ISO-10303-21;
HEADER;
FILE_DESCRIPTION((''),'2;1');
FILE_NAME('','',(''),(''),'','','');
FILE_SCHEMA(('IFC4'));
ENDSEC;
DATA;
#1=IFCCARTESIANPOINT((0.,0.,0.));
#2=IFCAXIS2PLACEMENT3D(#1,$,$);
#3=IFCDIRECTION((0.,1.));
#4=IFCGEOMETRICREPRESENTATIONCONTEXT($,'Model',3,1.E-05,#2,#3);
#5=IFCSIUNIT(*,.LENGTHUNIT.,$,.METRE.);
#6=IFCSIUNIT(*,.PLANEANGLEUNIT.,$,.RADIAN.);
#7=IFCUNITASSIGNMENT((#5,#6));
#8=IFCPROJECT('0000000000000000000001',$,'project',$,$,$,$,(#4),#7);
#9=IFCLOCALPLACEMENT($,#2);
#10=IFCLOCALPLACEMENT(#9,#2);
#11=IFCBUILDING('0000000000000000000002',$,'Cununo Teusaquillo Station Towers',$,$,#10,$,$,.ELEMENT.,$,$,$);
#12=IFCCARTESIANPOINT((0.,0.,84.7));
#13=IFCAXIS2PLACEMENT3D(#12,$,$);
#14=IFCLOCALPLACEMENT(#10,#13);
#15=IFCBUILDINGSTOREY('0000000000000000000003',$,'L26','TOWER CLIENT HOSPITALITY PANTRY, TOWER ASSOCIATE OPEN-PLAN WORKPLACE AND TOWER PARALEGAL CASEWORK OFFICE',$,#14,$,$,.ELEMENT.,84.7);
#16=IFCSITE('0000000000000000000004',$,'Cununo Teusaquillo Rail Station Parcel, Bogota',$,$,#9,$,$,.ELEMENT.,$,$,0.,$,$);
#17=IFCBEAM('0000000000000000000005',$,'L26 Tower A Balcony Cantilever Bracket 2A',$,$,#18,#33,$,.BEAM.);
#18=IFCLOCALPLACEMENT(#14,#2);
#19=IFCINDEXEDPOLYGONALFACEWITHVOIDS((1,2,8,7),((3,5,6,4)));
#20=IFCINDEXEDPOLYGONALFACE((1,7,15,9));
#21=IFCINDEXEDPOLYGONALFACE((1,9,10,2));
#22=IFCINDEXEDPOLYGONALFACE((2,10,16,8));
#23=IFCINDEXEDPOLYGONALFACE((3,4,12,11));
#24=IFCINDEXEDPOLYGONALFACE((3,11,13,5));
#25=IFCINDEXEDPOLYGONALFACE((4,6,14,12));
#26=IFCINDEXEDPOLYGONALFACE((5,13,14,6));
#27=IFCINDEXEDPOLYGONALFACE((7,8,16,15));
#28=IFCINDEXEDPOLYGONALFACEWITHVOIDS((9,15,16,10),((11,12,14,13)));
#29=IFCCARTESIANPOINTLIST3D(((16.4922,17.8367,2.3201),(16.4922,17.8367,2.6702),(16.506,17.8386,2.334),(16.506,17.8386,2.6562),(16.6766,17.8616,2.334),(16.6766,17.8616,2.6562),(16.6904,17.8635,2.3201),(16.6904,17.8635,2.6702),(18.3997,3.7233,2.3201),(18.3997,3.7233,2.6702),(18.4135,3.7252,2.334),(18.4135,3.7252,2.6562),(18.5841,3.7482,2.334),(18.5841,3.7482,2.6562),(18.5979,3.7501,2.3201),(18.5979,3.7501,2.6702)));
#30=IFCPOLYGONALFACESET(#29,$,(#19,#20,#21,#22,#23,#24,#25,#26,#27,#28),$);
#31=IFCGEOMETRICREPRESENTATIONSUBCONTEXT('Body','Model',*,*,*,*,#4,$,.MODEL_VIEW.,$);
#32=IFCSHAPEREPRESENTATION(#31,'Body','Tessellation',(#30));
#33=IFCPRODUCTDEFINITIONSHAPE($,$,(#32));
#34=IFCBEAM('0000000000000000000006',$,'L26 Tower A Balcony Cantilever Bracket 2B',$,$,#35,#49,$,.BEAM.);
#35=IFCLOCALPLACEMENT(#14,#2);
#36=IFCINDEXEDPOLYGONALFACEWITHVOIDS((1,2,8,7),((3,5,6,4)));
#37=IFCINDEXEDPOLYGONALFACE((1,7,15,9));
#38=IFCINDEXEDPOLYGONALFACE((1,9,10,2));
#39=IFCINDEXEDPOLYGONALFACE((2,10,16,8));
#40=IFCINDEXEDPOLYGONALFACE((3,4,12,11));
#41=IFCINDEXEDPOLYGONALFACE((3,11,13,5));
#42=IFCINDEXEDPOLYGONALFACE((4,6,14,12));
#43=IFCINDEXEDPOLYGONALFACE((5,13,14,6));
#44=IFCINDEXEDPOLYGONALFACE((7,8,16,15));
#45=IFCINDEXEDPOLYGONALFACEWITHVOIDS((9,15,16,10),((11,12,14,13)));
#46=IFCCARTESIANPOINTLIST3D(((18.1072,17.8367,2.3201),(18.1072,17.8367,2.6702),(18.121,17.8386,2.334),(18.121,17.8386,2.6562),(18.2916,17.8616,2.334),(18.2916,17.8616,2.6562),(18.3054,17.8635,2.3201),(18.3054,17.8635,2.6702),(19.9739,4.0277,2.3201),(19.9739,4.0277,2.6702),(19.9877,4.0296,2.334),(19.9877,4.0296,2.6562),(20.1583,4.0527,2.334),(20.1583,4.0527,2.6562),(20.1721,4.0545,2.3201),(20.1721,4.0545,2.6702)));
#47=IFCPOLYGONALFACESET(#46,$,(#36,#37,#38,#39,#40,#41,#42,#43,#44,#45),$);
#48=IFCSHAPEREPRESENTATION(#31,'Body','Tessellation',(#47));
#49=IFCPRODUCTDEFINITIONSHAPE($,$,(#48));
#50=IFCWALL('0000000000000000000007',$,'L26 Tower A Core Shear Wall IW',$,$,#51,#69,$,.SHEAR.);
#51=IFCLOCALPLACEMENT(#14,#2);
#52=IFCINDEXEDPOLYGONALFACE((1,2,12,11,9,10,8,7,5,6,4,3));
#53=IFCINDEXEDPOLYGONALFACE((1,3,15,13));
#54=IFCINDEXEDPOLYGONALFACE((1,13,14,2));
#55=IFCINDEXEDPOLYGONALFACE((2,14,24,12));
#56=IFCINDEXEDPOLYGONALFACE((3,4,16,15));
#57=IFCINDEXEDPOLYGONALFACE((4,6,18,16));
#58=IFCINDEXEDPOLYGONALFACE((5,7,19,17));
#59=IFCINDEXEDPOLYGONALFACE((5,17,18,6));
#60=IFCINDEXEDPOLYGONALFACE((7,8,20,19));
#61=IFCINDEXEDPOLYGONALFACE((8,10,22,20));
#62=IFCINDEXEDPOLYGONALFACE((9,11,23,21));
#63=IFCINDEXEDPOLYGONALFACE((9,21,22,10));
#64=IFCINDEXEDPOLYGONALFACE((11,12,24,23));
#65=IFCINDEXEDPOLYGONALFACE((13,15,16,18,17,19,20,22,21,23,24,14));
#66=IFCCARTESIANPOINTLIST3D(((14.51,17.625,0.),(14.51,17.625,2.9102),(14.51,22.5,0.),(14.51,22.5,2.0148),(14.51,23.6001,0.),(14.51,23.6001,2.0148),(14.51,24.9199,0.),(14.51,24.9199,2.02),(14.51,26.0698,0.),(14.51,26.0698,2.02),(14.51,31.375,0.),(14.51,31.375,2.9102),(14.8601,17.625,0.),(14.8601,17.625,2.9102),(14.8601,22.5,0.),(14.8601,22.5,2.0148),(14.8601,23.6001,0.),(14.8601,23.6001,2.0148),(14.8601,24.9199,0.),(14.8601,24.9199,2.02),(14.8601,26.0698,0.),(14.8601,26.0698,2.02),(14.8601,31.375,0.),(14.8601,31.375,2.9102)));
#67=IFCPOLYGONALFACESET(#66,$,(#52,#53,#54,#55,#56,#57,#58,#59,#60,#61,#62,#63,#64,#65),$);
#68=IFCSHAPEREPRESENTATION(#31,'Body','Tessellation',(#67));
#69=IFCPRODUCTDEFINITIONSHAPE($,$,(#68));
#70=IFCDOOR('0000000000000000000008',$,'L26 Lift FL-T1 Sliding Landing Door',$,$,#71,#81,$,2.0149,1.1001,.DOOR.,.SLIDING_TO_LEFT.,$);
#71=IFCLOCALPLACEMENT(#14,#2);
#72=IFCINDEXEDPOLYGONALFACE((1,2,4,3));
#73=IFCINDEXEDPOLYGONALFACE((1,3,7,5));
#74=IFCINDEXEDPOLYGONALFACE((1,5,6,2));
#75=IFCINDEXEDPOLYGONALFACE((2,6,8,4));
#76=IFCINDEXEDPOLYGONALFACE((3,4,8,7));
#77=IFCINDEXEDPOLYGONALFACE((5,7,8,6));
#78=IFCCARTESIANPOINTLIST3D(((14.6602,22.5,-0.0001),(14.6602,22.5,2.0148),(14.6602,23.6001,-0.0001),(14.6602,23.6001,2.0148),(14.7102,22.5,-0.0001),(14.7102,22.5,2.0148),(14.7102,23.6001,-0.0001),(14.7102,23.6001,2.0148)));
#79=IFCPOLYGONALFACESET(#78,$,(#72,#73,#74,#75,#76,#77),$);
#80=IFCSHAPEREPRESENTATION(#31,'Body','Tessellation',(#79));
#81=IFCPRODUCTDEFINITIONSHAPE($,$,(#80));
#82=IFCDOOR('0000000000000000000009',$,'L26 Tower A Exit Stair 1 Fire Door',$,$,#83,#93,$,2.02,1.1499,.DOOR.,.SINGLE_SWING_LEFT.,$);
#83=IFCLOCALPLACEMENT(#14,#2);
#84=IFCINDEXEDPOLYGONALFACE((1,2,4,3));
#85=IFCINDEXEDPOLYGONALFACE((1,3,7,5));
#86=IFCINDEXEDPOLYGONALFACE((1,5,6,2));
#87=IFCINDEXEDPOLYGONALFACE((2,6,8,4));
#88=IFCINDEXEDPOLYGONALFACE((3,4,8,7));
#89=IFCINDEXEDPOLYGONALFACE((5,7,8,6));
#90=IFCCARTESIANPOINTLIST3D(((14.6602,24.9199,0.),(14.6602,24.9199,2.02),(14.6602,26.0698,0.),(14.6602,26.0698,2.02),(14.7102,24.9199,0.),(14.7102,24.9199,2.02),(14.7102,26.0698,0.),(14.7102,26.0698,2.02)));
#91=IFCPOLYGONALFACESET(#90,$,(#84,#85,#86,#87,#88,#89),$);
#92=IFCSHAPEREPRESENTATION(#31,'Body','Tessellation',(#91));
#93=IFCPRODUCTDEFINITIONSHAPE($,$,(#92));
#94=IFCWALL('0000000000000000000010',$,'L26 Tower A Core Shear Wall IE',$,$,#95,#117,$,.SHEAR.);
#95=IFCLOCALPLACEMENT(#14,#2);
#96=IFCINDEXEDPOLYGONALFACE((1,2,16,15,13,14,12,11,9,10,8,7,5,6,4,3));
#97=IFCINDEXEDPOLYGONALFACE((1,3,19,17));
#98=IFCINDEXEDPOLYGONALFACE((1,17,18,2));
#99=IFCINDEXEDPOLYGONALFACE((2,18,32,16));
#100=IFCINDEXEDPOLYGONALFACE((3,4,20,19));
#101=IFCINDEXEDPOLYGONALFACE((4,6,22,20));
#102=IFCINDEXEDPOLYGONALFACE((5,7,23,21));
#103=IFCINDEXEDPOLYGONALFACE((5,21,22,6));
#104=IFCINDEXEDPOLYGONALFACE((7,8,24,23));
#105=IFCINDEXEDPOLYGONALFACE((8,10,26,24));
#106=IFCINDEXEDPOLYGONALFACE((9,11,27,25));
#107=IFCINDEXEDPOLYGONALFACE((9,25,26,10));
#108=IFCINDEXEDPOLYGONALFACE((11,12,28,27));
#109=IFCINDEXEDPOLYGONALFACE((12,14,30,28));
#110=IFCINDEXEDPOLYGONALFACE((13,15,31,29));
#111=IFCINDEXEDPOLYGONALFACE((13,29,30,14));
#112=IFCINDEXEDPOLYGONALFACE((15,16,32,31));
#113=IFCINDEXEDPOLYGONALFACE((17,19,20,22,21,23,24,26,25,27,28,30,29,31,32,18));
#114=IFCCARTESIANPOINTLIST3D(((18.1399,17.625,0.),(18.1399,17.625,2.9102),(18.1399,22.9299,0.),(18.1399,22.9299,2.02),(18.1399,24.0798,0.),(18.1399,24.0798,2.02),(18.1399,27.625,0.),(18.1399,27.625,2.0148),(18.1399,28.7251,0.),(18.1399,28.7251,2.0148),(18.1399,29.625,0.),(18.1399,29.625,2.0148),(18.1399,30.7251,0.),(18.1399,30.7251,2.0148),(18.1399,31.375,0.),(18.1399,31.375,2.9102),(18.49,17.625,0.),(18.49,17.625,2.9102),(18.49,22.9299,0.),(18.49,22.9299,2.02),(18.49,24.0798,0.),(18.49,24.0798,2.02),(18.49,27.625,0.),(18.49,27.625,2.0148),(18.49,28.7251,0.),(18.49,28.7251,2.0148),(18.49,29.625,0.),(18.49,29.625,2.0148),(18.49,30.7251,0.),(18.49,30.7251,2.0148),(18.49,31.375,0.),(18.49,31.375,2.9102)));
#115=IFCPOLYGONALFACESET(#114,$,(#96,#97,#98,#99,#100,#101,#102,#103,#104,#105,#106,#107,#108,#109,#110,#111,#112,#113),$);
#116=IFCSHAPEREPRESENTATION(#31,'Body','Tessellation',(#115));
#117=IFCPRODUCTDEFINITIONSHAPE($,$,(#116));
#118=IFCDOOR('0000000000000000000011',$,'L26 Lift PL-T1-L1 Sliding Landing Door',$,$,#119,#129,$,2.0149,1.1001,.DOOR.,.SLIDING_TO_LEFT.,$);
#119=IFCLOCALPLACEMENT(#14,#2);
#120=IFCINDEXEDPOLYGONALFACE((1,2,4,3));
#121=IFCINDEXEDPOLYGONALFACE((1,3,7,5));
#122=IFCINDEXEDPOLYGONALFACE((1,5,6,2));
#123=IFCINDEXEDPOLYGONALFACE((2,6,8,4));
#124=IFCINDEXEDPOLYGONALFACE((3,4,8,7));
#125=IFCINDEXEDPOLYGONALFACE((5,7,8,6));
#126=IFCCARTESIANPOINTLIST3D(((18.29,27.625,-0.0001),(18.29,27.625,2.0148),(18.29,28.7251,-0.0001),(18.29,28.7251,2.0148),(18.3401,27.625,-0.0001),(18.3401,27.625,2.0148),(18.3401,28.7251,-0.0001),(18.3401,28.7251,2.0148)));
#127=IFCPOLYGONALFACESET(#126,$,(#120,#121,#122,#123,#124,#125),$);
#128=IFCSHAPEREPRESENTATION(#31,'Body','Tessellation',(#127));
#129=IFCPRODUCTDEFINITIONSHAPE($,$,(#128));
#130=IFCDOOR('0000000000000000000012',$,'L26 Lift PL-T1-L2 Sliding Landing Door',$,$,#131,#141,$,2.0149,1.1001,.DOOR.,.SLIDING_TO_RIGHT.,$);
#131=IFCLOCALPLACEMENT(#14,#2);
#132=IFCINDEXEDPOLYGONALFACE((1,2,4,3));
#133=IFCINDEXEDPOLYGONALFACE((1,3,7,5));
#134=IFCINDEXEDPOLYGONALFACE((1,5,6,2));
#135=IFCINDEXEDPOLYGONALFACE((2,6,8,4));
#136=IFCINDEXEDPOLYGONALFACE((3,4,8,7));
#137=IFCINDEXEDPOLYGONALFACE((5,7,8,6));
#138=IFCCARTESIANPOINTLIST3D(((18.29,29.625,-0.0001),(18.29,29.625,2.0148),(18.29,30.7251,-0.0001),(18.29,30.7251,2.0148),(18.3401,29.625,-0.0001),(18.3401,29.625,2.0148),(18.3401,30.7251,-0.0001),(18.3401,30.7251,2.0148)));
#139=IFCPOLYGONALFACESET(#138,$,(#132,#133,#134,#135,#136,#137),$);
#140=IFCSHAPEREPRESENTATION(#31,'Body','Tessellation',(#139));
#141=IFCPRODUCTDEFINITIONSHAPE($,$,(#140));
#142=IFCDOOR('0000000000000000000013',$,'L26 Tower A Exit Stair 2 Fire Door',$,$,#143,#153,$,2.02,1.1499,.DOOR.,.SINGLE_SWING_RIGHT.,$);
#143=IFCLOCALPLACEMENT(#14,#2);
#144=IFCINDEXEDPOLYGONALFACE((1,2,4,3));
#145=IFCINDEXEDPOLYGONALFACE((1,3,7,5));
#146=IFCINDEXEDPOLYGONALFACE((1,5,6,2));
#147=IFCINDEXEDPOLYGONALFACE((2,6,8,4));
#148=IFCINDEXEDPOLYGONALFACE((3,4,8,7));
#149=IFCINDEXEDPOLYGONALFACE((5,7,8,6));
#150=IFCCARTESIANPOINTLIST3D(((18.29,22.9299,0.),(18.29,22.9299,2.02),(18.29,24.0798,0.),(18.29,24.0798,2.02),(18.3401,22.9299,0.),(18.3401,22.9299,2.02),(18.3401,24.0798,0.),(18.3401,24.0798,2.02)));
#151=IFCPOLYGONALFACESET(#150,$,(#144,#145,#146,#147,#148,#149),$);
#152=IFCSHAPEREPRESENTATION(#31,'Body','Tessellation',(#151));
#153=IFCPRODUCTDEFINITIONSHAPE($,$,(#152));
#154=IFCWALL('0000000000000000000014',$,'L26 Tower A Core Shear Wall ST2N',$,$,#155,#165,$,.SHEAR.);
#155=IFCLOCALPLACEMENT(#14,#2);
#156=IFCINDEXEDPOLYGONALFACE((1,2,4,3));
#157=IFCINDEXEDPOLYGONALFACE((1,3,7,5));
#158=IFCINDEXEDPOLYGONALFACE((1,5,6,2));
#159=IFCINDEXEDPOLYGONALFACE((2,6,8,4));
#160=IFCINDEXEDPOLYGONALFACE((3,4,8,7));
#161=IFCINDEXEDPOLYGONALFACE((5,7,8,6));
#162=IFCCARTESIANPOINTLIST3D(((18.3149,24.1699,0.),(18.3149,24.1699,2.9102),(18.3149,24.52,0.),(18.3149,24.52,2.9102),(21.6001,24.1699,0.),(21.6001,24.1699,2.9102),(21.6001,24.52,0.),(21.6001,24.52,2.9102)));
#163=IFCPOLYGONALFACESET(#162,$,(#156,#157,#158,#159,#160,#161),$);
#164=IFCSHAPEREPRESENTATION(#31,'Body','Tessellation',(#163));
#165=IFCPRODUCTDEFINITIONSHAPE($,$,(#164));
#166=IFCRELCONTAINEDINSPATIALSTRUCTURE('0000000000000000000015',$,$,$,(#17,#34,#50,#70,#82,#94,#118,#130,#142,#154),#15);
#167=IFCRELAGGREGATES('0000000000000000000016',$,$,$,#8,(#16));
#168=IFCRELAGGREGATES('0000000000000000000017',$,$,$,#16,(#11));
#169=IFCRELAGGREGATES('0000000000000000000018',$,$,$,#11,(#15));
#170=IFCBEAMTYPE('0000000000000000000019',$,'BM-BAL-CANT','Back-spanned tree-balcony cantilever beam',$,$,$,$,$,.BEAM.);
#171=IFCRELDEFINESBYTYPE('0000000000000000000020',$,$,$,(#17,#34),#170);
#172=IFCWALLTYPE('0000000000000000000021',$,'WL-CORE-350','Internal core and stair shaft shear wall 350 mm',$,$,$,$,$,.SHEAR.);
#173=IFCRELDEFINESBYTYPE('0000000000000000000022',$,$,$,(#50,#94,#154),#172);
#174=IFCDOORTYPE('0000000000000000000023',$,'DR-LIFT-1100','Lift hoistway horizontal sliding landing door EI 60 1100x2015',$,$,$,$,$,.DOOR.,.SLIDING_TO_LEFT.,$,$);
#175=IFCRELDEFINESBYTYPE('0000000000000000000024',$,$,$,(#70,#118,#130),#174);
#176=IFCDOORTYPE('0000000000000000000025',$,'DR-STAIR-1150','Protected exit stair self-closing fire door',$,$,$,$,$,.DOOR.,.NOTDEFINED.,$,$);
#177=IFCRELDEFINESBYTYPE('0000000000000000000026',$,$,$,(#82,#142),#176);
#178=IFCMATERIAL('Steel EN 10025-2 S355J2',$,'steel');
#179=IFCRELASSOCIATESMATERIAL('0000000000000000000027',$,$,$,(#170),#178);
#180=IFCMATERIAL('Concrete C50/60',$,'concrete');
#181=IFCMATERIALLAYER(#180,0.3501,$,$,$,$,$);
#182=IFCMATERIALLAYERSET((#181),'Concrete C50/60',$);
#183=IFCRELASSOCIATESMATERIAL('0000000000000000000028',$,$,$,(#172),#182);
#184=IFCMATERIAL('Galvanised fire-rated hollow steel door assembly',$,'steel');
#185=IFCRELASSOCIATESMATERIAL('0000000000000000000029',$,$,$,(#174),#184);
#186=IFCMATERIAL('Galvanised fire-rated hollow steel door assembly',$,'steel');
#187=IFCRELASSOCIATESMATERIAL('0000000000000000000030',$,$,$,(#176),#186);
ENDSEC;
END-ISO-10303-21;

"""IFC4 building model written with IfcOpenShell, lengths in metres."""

from ifc_helpers import new_model, si_unit, direction, frame, frame_2d, origin, origin_2d, place, context, subcontext, project, spatial, rectangle, hollow_rectangle, extrude, source, transform, mapped, material, layer, layer_set, material_profile, profile_set, type_object, element, fill, save


model = new_model("IFC4")

# Units and contexts
model_context = context("Model", 3, precision=1e-05, world=origin(), true_north=direction((0.0, 1.0)))
body_context = subcontext(model_context, "Body", "Model", "MODEL_VIEW")
ifc_project = project(units=[si_unit("LENGTHUNIT", "METRE"), si_unit("PLANEANGLEUNIT", "RADIAN")], contexts=[model_context])

# Site, building, storey
site_placement = place(None, origin())
site = spatial("IfcSite", under=ifc_project, at=site_placement, Name="Cununo Teusaquillo Rail Station Parcel, Bogota", CompositionType="ELEMENT", RefElevation=0.0)
building_placement = place(site_placement, origin())
building = spatial("IfcBuilding", under=site, at=building_placement, Name="Cununo Teusaquillo Station Towers", CompositionType="ELEMENT")
storey_placement = place(building_placement, frame((0.0, 0.0, 84.7)))
storey = spatial("IfcBuildingStorey", under=building, at=storey_placement, Name="L26", Description="TOWER CLIENT HOSPITALITY PANTRY, TOWER ASSOCIATE OPEN-PLAN WORKPLACE AND TOWER PARALEGAL CASEWORK OFFICE", CompositionType="ELEMENT", Elevation=84.7)

# Beams
ifc_material_1 = material(Name="Steel EN 10025-2 S355J2", Category="steel")
ifc_material_profile = material_profile(ifc_material_1, hollow_rectangle(XDim=0.2, YDim=0.3501, WallThickness=0.0139, at=origin_2d()), Name="RHS 350x200x14")
ifc_profile_set = profile_set([ifc_material_profile], Name="Steel EN 10025-2 S355J2")
beam_type = type_object("IfcBeamType", Name="BM-BAL-CANT", Description="Back-spanned tree-balcony cantilever beam", PredefinedType="BEAM", material=ifc_profile_set)
beam_1_placement = place(storey_placement, frame((16.5913, 17.8501, 2.4951), z_axis=(0.133937, -0.99099, 0.0), x_axis=(0.99099, 0.133937, 0.0)))
element("IfcBeam", 1, at=beam_1_placement, inside=storey, type_object=beam_type, Name="L26 Tower A Balcony Cantilever Bracket 2A", PredefinedType="BEAM", context=body_context, shape_type="SweptSolid", body=[
    extrude(hollow_rectangle(XDim=0.2, YDim=0.3501, WallThickness=0.0139, at=origin_2d()), origin(), (0.0, 0.0, 1.0), 14.2417),
])
beam_2_placement = place(storey_placement, frame((18.2063, 17.8501, 2.4951), z_axis=(0.133961, -0.990987, 0.0), x_axis=(0.990987, 0.133961, 0.0)))
element("IfcBeam", 2, at=beam_2_placement, inside=storey, type_object=beam_type, Name="L26 Tower A Balcony Cantilever Bracket 2B", PredefinedType="BEAM", context=body_context, shape_type="SweptSolid", body=[
    extrude(hollow_rectangle(XDim=0.2, YDim=0.3501, WallThickness=0.0139, at=origin_2d()), origin(), (0.0, 0.0, 1.0), 13.9346),
])

# Walls, openings, doors
ifc_material_2 = material(Name="Concrete C50/60", Category="concrete")
ifc_layer_1 = layer(ifc_material_2, 0.3501)
ifc_layer_set_1 = layer_set([ifc_layer_1], Name="Concrete C50/60")
wall_type_1 = type_object("IfcWallType", Name="WL-CORE-350", Description="Internal core and stair shaft shear wall 350 mm", PredefinedType="SHEAR", material=ifc_layer_set_1)
wall_1_placement = place(storey_placement, frame((14.6851, 17.625, 0.0), z_axis=(0.0, 0.0, 1.0), x_axis=(0.0, 1.0, 0.0)))
wall_1 = element("IfcWall", 3, at=wall_1_placement, inside=storey, type_object=wall_type_1, Name="L26 Tower A Core Shear Wall IW", PredefinedType="SHEAR", context=body_context, shape_type="SweptSolid", body=[
    extrude(rectangle(XDim=13.75, YDim=0.3501, at=frame_2d((6.875, 0.0))), origin(), (0.0, 0.0, 1.0), 2.9102),
])
shared_shape_1 = source(origin(), body_context, "Body", "SweptSolid", [
    extrude(rectangle(XDim=1.1001, YDim=2.0149, at=frame_2d((0.55, 1.0073))), frame((0.0, 0.1851, 0.0), z_axis=(0.0, -1.0, 0.0), x_axis=(1.0, 0.0, 0.0)), (0.0, 0.0, 1.0), 0.3701),
])
opening_1_placement = place(wall_1_placement, frame((4.875, 0.0, 0.0)))
opening_1 = element("IfcOpeningElement", 4, at=opening_1_placement, cuts=wall_1, PredefinedType="OPENING", context=body_context, shape_type="MappedRepresentation", body=[
    mapped(shared_shape_1, transform((0.0, 0.0, 0.0), x_axis=(1.0, 0.0, 0.0), y_axis=(0.0, 1.0, 0.0), z_axis=(0.0, 0.0, 1.0), scale=1.0)),
])
shared_shape_2 = source(origin(), body_context, "Body", "SweptSolid", [
    extrude(rectangle(XDim=1.1499, YDim=2.02, at=frame_2d((0.575, 1.01))), frame((0.0, 0.1851, 0.0), z_axis=(0.0, -1.0, 0.0), x_axis=(1.0, 0.0, 0.0)), (0.0, 0.0, 1.0), 0.3701),
])
opening_2_placement = place(wall_1_placement, frame((7.2949, 0.0, 0.0)))
opening_2 = element("IfcOpeningElement", 5, at=opening_2_placement, cuts=wall_1, PredefinedType="OPENING", context=body_context, shape_type="MappedRepresentation", body=[
    mapped(shared_shape_2, transform((0.0, 0.0, 0.0), x_axis=(1.0, 0.0, 0.0), y_axis=(0.0, 1.0, 0.0), z_axis=(0.0, 0.0, 1.0), scale=1.0)),
])
ifc_material_3 = material(Name="Galvanised fire-rated hollow steel door assembly", Category="steel")
door_type_1 = type_object("IfcDoorType", Name="DR-LIFT-1100", Description="Lift hoistway horizontal sliding landing door EI 60 1100x2015", OperationType="SLIDING_TO_LEFT", PredefinedType="DOOR", material=ifc_material_3)
shared_shape_3 = source(origin(), body_context, "Body", "SweptSolid", [
    extrude(rectangle(XDim=1.1001, YDim=2.0149, at=frame_2d((0.55, 1.0073))), frame((0.0, 0.0249, 0.0), z_axis=(0.0, -1.0, 0.0), x_axis=(1.0, 0.0, 0.0)), (0.0, 0.0, 1.0), 0.05),
])
door_1_placement = place(opening_1_placement, origin())
door_1 = element("IfcDoor", 6, at=door_1_placement, inside=storey, type_object=door_type_1, Name="L26 Lift FL-T1 Sliding Landing Door", OperationType="SLIDING_TO_LEFT", OverallHeight=2.0149, OverallWidth=1.1001, PredefinedType="DOOR", context=body_context, shape_type="MappedRepresentation", body=[
    mapped(shared_shape_3, transform((0.0, 0.0, 0.0), x_axis=(1.0, 0.0, 0.0), y_axis=(0.0, 1.0, 0.0), z_axis=(0.0, 0.0, 1.0), scale=1.0)),
])
fill(opening_1, door_1)
ifc_material_4 = material(Name="Galvanised fire-rated hollow steel door assembly", Category="steel")
door_type_2 = type_object("IfcDoorType", Name="DR-STAIR-1150", Description="Protected exit stair self-closing fire door", OperationType="NOTDEFINED", PredefinedType="DOOR", material=ifc_material_4)
shared_shape_4 = source(origin(), body_context, "Body", "SweptSolid", [
    extrude(rectangle(XDim=1.1499, YDim=2.02, at=frame_2d((0.575, 1.01))), frame((0.0, 0.0249, 0.0), z_axis=(0.0, -1.0, 0.0), x_axis=(1.0, 0.0, 0.0)), (0.0, 0.0, 1.0), 0.05),
])
door_2_placement = place(opening_2_placement, origin())
door_2 = element("IfcDoor", 7, at=door_2_placement, inside=storey, type_object=door_type_2, Name="L26 Tower A Exit Stair 1 Fire Door", OperationType="SINGLE_SWING_LEFT", OverallHeight=2.02, OverallWidth=1.1499, PredefinedType="DOOR", context=body_context, shape_type="MappedRepresentation", body=[
    mapped(shared_shape_4, transform((0.0, 0.0, 0.0), x_axis=(1.0, 0.0, 0.0), y_axis=(0.0, 1.0, 0.0), z_axis=(0.0, 0.0, 1.0), scale=1.0)),
])
fill(opening_2, door_2)
wall_2_placement = place(storey_placement, frame((18.3149, 17.625, 0.0), z_axis=(0.0, 0.0, 1.0), x_axis=(0.0, 1.0, 0.0)))
wall_2 = element("IfcWall", 8, at=wall_2_placement, inside=storey, type_object=wall_type_1, Name="L26 Tower A Core Shear Wall IE", PredefinedType="SHEAR", context=body_context, shape_type="SweptSolid", body=[
    extrude(rectangle(XDim=13.75, YDim=0.3501, at=frame_2d((6.875, 0.0))), origin(), (0.0, 0.0, 1.0), 2.9102),
])
opening_3_placement = place(wall_2_placement, frame((10.0, 0.0, 0.0)))
opening_3 = element("IfcOpeningElement", 9, at=opening_3_placement, cuts=wall_2, PredefinedType="OPENING", context=body_context, shape_type="MappedRepresentation", body=[
    mapped(shared_shape_1, transform((0.0, 0.0, 0.0), x_axis=(1.0, 0.0, 0.0), y_axis=(0.0, 1.0, 0.0), z_axis=(0.0, 0.0, 1.0), scale=1.0)),
])
opening_4_placement = place(wall_2_placement, frame((12.0, 0.0, 0.0)))
opening_4 = element("IfcOpeningElement", 10, at=opening_4_placement, cuts=wall_2, PredefinedType="OPENING", context=body_context, shape_type="MappedRepresentation", body=[
    mapped(shared_shape_1, transform((0.0, 0.0, 0.0), x_axis=(1.0, 0.0, 0.0), y_axis=(0.0, 1.0, 0.0), z_axis=(0.0, 0.0, 1.0), scale=1.0)),
])
opening_5_placement = place(wall_2_placement, frame((5.3049, 0.0, 0.0)))
opening_5 = element("IfcOpeningElement", 11, at=opening_5_placement, cuts=wall_2, PredefinedType="OPENING", context=body_context, shape_type="MappedRepresentation", body=[
    mapped(shared_shape_2, transform((0.0, 0.0, 0.0), x_axis=(1.0, 0.0, 0.0), y_axis=(0.0, 1.0, 0.0), z_axis=(0.0, 0.0, 1.0), scale=1.0)),
])
door_3_placement = place(opening_3_placement, origin())
door_3 = element("IfcDoor", 12, at=door_3_placement, inside=storey, type_object=door_type_1, Name="L26 Lift PL-T1-L1 Sliding Landing Door", OperationType="SLIDING_TO_LEFT", OverallHeight=2.0149, OverallWidth=1.1001, PredefinedType="DOOR", context=body_context, shape_type="MappedRepresentation", body=[
    mapped(shared_shape_3, transform((0.0, 0.0, 0.0), x_axis=(1.0, 0.0, 0.0), y_axis=(0.0, 1.0, 0.0), z_axis=(0.0, 0.0, 1.0), scale=1.0)),
])
fill(opening_3, door_3)
door_4_placement = place(opening_4_placement, origin())
door_4 = element("IfcDoor", 13, at=door_4_placement, inside=storey, type_object=door_type_1, Name="L26 Lift PL-T1-L2 Sliding Landing Door", OperationType="SLIDING_TO_RIGHT", OverallHeight=2.0149, OverallWidth=1.1001, PredefinedType="DOOR", context=body_context, shape_type="MappedRepresentation", body=[
    mapped(shared_shape_3, transform((0.0, 0.0, 0.0), x_axis=(1.0, 0.0, 0.0), y_axis=(0.0, 1.0, 0.0), z_axis=(0.0, 0.0, 1.0), scale=1.0)),
])
fill(opening_4, door_4)
door_5_placement = place(opening_5_placement, origin())
door_5 = element("IfcDoor", 14, at=door_5_placement, inside=storey, type_object=door_type_2, Name="L26 Tower A Exit Stair 2 Fire Door", OperationType="SINGLE_SWING_RIGHT", OverallHeight=2.02, OverallWidth=1.1499, PredefinedType="DOOR", context=body_context, shape_type="MappedRepresentation", body=[
    mapped(shared_shape_4, transform((0.0, 0.0, 0.0), x_axis=(1.0, 0.0, 0.0), y_axis=(0.0, 1.0, 0.0), z_axis=(0.0, 0.0, 1.0), scale=1.0)),
])
fill(opening_5, door_5)

# Wall
wall_3_placement = place(storey_placement, frame((18.3149, 24.345, 0.0), z_axis=(0.0, 0.0, 1.0), x_axis=(1.0, 0.0, 0.0)))
element("IfcWall", 15, at=wall_3_placement, inside=storey, type_object=wall_type_1, Name="L26 Tower A Core Shear Wall ST2N", PredefinedType="SHEAR", context=body_context, shape_type="SweptSolid", body=[
    extrude(rectangle(XDim=3.2852, YDim=0.3501, at=frame_2d((1.6426, 0.0))), origin(), (0.0, 0.0, 1.0), 2.9102),
])

save(model, "model.ifc")
